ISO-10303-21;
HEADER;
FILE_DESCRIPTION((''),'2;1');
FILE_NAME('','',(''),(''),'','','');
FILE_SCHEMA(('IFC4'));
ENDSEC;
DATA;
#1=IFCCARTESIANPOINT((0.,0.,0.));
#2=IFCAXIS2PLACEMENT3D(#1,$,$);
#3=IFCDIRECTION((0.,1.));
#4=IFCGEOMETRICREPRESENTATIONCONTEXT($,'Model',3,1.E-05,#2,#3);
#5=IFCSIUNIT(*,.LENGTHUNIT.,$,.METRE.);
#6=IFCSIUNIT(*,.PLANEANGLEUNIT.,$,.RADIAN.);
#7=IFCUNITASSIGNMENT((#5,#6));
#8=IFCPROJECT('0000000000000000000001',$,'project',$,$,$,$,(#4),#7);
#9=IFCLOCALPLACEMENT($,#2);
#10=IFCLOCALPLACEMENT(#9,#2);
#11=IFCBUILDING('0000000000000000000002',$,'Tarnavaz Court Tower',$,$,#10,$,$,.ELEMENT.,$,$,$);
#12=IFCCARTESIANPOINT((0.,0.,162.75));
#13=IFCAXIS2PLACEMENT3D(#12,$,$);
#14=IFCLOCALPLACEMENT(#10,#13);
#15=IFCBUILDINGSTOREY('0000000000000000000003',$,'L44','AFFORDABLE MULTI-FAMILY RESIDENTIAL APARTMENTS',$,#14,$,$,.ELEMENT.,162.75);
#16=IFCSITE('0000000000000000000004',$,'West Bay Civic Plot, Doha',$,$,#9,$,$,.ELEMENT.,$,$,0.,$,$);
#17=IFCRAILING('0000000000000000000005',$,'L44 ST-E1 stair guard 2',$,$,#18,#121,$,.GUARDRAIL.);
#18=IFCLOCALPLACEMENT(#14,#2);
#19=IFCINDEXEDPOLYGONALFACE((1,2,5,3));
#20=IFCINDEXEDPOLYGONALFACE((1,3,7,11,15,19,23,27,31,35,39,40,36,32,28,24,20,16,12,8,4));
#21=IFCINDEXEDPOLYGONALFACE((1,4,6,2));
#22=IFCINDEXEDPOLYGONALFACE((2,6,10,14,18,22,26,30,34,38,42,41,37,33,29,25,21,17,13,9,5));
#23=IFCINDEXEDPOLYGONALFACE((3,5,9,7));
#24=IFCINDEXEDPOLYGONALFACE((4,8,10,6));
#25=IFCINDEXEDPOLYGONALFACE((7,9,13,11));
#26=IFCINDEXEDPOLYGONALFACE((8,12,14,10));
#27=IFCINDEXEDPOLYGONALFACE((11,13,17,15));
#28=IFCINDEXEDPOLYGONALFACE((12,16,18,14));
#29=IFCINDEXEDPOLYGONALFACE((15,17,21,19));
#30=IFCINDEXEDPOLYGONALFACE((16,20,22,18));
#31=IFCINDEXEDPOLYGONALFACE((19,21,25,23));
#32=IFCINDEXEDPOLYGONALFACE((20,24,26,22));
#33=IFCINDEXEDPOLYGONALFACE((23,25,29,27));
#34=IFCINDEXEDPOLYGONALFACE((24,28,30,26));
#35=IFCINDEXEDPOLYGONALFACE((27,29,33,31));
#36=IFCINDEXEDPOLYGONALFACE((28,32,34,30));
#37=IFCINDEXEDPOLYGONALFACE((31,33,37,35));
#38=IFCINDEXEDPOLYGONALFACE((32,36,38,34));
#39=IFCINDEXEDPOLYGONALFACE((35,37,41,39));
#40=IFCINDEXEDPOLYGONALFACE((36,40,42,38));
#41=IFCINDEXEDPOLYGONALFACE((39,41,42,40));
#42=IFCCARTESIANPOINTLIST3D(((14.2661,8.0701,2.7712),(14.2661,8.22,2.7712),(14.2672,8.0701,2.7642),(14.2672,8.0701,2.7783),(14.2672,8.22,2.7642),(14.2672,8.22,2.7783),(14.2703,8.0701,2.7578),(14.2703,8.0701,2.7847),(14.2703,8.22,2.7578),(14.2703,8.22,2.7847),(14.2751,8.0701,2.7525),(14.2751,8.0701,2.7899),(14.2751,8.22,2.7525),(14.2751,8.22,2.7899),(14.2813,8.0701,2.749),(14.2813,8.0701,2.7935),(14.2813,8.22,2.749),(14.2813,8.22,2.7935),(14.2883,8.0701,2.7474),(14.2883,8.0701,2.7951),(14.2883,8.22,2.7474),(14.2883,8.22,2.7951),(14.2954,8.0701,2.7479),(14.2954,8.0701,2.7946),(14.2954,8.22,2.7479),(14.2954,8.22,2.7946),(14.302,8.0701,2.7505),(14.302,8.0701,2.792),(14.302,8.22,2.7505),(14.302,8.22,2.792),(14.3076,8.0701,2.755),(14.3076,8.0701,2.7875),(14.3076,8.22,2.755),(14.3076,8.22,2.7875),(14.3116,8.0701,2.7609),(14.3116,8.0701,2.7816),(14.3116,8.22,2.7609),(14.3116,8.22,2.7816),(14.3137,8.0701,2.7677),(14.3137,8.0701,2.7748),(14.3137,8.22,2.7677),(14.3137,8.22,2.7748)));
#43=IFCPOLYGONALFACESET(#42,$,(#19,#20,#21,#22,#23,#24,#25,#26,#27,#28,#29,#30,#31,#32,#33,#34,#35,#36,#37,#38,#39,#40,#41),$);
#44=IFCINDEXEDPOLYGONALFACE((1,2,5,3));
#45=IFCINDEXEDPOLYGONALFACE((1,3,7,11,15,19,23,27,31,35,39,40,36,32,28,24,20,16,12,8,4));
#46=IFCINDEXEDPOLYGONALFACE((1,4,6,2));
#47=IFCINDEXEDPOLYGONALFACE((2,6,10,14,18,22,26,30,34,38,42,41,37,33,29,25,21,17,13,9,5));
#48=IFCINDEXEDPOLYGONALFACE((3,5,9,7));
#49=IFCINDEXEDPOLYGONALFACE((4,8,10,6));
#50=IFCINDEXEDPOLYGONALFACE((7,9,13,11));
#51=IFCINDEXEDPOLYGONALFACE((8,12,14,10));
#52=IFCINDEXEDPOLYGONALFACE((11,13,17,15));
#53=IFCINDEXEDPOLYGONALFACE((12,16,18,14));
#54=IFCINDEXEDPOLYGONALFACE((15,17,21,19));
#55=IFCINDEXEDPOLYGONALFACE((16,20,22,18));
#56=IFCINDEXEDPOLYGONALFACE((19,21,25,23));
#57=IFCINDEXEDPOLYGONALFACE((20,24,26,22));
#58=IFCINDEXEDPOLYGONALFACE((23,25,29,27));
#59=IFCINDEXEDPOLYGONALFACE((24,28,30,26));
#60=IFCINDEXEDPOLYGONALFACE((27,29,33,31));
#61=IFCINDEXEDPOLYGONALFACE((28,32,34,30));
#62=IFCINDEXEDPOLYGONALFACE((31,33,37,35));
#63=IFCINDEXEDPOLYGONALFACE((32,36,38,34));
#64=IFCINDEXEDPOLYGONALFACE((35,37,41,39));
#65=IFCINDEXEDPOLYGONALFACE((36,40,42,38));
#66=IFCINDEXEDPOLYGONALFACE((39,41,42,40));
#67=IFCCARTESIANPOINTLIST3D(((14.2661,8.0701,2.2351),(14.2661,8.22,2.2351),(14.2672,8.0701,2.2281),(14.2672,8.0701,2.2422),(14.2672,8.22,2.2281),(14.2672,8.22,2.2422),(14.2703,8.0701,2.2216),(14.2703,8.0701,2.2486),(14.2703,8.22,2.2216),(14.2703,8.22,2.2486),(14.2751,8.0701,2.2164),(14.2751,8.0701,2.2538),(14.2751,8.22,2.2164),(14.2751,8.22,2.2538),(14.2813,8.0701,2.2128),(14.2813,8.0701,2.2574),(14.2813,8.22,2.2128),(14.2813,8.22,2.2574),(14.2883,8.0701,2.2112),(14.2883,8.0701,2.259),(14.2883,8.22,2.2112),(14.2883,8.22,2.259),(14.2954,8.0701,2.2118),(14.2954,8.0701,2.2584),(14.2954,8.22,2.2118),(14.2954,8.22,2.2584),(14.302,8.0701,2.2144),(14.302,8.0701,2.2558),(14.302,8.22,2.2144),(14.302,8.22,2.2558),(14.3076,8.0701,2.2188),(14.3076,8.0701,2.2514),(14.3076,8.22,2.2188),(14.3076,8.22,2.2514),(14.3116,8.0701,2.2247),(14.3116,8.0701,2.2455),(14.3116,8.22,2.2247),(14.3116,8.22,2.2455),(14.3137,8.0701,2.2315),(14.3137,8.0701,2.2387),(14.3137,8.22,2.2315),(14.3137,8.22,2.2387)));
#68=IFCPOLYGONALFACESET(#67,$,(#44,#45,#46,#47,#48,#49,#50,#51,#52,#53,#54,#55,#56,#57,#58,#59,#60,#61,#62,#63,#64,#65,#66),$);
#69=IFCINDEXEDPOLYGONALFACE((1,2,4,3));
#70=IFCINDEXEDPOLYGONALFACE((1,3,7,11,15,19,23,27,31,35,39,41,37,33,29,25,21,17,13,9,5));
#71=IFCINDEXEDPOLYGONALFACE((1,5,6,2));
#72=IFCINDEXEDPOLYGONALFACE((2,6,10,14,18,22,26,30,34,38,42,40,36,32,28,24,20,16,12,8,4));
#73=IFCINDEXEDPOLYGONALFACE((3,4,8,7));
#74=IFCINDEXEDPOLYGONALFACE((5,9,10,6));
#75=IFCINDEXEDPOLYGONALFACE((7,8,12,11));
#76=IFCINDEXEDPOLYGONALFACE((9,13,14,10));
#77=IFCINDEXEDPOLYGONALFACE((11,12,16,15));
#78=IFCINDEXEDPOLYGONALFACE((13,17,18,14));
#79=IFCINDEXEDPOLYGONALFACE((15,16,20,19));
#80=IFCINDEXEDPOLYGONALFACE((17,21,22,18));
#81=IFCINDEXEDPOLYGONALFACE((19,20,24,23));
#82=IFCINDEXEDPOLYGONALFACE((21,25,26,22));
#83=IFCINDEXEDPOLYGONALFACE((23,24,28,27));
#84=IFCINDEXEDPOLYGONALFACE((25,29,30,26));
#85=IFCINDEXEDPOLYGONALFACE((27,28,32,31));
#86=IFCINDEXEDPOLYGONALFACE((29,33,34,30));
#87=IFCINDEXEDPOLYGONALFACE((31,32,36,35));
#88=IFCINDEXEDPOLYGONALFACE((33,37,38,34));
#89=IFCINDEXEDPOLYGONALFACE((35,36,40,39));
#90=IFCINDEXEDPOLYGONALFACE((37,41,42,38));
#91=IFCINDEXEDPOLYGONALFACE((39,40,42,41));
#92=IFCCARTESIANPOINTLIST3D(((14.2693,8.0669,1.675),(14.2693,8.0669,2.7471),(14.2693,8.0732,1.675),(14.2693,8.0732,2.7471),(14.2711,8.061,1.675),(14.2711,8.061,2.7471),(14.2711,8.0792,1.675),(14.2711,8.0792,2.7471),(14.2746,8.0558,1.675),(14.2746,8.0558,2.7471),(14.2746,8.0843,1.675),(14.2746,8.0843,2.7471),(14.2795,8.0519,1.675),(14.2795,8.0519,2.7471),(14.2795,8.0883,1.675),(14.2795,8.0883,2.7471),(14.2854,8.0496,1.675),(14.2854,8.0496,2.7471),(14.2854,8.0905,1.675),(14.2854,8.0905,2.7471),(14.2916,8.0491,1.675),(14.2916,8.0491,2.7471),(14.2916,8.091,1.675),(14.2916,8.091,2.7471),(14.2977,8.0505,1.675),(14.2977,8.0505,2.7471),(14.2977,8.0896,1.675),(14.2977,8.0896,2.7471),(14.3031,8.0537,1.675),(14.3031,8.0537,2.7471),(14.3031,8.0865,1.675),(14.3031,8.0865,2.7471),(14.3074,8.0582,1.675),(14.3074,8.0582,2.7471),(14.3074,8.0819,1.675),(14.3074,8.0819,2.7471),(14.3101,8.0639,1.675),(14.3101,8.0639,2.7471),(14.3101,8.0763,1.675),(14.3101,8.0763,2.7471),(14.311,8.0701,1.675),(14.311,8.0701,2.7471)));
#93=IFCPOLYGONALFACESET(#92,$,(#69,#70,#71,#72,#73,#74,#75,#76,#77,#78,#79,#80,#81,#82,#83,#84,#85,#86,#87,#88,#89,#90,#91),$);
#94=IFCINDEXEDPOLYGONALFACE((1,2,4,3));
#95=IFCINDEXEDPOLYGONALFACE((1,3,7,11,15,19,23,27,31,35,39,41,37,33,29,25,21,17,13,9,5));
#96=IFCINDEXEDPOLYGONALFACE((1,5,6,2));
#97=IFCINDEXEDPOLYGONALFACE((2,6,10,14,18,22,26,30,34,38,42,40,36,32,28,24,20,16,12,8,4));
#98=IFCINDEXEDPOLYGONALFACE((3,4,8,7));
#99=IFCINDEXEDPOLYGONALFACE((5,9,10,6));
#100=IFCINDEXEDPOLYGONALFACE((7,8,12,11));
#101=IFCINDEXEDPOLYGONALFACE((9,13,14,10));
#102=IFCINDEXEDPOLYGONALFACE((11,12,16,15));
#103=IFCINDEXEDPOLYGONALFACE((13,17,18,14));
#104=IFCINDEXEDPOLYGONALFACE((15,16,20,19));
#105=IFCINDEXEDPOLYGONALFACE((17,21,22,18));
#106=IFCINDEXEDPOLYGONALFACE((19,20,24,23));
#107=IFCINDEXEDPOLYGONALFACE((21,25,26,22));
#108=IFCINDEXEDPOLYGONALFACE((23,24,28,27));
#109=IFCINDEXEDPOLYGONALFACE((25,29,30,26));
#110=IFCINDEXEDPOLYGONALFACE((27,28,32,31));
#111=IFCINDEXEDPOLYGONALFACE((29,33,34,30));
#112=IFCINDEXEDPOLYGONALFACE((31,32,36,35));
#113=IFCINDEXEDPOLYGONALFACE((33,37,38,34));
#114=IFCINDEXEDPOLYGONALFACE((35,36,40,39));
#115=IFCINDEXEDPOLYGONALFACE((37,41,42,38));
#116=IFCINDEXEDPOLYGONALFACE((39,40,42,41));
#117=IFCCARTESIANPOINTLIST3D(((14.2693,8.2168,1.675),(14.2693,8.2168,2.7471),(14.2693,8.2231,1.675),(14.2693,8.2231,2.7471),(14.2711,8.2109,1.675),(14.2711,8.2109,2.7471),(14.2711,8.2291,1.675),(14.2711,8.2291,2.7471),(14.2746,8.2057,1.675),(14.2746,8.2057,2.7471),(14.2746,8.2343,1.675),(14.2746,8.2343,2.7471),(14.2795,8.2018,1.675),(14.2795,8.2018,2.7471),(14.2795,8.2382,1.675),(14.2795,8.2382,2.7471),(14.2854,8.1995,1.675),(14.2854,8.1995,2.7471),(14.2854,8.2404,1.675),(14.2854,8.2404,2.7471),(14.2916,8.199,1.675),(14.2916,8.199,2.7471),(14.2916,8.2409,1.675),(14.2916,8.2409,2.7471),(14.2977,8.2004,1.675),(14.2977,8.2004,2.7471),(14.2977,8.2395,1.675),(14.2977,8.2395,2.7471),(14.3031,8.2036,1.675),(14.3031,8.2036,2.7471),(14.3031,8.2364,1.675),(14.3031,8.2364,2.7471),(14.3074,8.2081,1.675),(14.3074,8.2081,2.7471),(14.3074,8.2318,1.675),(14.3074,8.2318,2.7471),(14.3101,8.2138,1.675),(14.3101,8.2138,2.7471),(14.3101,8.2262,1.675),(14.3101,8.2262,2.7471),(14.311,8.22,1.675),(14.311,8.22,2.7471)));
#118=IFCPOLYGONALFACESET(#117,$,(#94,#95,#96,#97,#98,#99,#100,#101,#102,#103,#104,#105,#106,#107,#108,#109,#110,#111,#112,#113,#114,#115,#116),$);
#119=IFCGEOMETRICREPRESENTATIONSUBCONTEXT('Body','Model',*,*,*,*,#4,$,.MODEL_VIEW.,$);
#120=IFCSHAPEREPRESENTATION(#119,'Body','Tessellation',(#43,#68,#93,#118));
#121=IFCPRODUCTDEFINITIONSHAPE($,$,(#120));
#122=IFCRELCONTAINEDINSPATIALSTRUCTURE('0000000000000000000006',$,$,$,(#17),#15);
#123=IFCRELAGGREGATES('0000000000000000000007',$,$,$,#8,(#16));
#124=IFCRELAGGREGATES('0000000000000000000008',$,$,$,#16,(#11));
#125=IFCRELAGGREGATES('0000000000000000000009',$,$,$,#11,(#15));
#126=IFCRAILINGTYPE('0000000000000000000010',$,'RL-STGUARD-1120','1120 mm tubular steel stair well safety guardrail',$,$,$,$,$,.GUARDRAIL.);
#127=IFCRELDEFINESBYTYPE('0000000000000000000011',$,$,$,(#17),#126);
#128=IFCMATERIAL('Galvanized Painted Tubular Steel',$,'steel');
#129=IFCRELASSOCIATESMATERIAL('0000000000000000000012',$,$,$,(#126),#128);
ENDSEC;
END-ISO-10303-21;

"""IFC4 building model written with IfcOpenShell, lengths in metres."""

from ifc_helpers import new_model, si_unit, direction, frame, origin, origin_2d, place, context, subcontext, project, spatial, circle, extrude, material, type_object, element, save


model = new_model("IFC4")

# Units and contexts
model_context = context("Model", 3, precision=1e-05, world=origin(), true_north=direction((0.0, 1.0)))
body_context = subcontext(model_context, "Body", "Model", "MODEL_VIEW")
ifc_project = project(units=[si_unit("LENGTHUNIT", "METRE"), si_unit("PLANEANGLEUNIT", "RADIAN")], contexts=[model_context])

# Site, building, storey
site_placement = place(None, origin())
site = spatial("IfcSite", under=ifc_project, at=site_placement, Name="West Bay Civic Plot, Doha", CompositionType="ELEMENT", RefElevation=0.0)
building_placement = place(site_placement, origin())
building = spatial("IfcBuilding", under=site, at=building_placement, Name="Tarnavaz Court Tower", CompositionType="ELEMENT")
storey_placement = place(building_placement, frame((0.0, 0.0, 162.75)))
storey = spatial("IfcBuildingStorey", under=building, at=storey_placement, Name="L44", Description="AFFORDABLE MULTI-FAMILY RESIDENTIAL APARTMENTS", CompositionType="ELEMENT", Elevation=162.75)

# Railing
ifc_material_1 = material(Name="Galvanized Painted Tubular Steel", Category="steel")
railing_type_1 = type_object("IfcRailingType", Name="RL-STGUARD-1120", Description="1120 mm tubular steel stair well safety guardrail", PredefinedType="GUARDRAIL", material=ifc_material_1)
railing_1_placement = place(storey_placement, frame((14.29, 8.0701, 1.675)))
element("IfcRailing", 1, at=railing_1_placement, inside=storey, type_object=railing_type_1, Name="L44 ST-E1 stair guard 2", PredefinedType="GUARDRAIL", context=body_context, shape_type="SweptSolid", body=[
    extrude(circle(Radius=0.0239, at=origin_2d()), frame((0.0, 0.0, 1.0962), z_axis=(0.0, 1.0, 0.0), x_axis=(-1.0, 0.0, 0.0)), (0.0, 0.0, 1.0), 0.1499),
    extrude(circle(Radius=0.0239, at=origin_2d()), frame((0.0, 0.0, 0.5601), z_axis=(0.0, 1.0, 0.0), x_axis=(-1.0, 0.0, 0.0)), (0.0, 0.0, 1.0), 0.1499),
    extrude(circle(Radius=0.021, at=origin_2d()), origin(), (0.0, 0.0, 1.0), 1.072),
    extrude(circle(Radius=0.021, at=origin_2d()), frame((0.0, 0.1499, 0.0)), (0.0, 0.0, 1.0), 1.072),
])

save(model, "model.ifc")
